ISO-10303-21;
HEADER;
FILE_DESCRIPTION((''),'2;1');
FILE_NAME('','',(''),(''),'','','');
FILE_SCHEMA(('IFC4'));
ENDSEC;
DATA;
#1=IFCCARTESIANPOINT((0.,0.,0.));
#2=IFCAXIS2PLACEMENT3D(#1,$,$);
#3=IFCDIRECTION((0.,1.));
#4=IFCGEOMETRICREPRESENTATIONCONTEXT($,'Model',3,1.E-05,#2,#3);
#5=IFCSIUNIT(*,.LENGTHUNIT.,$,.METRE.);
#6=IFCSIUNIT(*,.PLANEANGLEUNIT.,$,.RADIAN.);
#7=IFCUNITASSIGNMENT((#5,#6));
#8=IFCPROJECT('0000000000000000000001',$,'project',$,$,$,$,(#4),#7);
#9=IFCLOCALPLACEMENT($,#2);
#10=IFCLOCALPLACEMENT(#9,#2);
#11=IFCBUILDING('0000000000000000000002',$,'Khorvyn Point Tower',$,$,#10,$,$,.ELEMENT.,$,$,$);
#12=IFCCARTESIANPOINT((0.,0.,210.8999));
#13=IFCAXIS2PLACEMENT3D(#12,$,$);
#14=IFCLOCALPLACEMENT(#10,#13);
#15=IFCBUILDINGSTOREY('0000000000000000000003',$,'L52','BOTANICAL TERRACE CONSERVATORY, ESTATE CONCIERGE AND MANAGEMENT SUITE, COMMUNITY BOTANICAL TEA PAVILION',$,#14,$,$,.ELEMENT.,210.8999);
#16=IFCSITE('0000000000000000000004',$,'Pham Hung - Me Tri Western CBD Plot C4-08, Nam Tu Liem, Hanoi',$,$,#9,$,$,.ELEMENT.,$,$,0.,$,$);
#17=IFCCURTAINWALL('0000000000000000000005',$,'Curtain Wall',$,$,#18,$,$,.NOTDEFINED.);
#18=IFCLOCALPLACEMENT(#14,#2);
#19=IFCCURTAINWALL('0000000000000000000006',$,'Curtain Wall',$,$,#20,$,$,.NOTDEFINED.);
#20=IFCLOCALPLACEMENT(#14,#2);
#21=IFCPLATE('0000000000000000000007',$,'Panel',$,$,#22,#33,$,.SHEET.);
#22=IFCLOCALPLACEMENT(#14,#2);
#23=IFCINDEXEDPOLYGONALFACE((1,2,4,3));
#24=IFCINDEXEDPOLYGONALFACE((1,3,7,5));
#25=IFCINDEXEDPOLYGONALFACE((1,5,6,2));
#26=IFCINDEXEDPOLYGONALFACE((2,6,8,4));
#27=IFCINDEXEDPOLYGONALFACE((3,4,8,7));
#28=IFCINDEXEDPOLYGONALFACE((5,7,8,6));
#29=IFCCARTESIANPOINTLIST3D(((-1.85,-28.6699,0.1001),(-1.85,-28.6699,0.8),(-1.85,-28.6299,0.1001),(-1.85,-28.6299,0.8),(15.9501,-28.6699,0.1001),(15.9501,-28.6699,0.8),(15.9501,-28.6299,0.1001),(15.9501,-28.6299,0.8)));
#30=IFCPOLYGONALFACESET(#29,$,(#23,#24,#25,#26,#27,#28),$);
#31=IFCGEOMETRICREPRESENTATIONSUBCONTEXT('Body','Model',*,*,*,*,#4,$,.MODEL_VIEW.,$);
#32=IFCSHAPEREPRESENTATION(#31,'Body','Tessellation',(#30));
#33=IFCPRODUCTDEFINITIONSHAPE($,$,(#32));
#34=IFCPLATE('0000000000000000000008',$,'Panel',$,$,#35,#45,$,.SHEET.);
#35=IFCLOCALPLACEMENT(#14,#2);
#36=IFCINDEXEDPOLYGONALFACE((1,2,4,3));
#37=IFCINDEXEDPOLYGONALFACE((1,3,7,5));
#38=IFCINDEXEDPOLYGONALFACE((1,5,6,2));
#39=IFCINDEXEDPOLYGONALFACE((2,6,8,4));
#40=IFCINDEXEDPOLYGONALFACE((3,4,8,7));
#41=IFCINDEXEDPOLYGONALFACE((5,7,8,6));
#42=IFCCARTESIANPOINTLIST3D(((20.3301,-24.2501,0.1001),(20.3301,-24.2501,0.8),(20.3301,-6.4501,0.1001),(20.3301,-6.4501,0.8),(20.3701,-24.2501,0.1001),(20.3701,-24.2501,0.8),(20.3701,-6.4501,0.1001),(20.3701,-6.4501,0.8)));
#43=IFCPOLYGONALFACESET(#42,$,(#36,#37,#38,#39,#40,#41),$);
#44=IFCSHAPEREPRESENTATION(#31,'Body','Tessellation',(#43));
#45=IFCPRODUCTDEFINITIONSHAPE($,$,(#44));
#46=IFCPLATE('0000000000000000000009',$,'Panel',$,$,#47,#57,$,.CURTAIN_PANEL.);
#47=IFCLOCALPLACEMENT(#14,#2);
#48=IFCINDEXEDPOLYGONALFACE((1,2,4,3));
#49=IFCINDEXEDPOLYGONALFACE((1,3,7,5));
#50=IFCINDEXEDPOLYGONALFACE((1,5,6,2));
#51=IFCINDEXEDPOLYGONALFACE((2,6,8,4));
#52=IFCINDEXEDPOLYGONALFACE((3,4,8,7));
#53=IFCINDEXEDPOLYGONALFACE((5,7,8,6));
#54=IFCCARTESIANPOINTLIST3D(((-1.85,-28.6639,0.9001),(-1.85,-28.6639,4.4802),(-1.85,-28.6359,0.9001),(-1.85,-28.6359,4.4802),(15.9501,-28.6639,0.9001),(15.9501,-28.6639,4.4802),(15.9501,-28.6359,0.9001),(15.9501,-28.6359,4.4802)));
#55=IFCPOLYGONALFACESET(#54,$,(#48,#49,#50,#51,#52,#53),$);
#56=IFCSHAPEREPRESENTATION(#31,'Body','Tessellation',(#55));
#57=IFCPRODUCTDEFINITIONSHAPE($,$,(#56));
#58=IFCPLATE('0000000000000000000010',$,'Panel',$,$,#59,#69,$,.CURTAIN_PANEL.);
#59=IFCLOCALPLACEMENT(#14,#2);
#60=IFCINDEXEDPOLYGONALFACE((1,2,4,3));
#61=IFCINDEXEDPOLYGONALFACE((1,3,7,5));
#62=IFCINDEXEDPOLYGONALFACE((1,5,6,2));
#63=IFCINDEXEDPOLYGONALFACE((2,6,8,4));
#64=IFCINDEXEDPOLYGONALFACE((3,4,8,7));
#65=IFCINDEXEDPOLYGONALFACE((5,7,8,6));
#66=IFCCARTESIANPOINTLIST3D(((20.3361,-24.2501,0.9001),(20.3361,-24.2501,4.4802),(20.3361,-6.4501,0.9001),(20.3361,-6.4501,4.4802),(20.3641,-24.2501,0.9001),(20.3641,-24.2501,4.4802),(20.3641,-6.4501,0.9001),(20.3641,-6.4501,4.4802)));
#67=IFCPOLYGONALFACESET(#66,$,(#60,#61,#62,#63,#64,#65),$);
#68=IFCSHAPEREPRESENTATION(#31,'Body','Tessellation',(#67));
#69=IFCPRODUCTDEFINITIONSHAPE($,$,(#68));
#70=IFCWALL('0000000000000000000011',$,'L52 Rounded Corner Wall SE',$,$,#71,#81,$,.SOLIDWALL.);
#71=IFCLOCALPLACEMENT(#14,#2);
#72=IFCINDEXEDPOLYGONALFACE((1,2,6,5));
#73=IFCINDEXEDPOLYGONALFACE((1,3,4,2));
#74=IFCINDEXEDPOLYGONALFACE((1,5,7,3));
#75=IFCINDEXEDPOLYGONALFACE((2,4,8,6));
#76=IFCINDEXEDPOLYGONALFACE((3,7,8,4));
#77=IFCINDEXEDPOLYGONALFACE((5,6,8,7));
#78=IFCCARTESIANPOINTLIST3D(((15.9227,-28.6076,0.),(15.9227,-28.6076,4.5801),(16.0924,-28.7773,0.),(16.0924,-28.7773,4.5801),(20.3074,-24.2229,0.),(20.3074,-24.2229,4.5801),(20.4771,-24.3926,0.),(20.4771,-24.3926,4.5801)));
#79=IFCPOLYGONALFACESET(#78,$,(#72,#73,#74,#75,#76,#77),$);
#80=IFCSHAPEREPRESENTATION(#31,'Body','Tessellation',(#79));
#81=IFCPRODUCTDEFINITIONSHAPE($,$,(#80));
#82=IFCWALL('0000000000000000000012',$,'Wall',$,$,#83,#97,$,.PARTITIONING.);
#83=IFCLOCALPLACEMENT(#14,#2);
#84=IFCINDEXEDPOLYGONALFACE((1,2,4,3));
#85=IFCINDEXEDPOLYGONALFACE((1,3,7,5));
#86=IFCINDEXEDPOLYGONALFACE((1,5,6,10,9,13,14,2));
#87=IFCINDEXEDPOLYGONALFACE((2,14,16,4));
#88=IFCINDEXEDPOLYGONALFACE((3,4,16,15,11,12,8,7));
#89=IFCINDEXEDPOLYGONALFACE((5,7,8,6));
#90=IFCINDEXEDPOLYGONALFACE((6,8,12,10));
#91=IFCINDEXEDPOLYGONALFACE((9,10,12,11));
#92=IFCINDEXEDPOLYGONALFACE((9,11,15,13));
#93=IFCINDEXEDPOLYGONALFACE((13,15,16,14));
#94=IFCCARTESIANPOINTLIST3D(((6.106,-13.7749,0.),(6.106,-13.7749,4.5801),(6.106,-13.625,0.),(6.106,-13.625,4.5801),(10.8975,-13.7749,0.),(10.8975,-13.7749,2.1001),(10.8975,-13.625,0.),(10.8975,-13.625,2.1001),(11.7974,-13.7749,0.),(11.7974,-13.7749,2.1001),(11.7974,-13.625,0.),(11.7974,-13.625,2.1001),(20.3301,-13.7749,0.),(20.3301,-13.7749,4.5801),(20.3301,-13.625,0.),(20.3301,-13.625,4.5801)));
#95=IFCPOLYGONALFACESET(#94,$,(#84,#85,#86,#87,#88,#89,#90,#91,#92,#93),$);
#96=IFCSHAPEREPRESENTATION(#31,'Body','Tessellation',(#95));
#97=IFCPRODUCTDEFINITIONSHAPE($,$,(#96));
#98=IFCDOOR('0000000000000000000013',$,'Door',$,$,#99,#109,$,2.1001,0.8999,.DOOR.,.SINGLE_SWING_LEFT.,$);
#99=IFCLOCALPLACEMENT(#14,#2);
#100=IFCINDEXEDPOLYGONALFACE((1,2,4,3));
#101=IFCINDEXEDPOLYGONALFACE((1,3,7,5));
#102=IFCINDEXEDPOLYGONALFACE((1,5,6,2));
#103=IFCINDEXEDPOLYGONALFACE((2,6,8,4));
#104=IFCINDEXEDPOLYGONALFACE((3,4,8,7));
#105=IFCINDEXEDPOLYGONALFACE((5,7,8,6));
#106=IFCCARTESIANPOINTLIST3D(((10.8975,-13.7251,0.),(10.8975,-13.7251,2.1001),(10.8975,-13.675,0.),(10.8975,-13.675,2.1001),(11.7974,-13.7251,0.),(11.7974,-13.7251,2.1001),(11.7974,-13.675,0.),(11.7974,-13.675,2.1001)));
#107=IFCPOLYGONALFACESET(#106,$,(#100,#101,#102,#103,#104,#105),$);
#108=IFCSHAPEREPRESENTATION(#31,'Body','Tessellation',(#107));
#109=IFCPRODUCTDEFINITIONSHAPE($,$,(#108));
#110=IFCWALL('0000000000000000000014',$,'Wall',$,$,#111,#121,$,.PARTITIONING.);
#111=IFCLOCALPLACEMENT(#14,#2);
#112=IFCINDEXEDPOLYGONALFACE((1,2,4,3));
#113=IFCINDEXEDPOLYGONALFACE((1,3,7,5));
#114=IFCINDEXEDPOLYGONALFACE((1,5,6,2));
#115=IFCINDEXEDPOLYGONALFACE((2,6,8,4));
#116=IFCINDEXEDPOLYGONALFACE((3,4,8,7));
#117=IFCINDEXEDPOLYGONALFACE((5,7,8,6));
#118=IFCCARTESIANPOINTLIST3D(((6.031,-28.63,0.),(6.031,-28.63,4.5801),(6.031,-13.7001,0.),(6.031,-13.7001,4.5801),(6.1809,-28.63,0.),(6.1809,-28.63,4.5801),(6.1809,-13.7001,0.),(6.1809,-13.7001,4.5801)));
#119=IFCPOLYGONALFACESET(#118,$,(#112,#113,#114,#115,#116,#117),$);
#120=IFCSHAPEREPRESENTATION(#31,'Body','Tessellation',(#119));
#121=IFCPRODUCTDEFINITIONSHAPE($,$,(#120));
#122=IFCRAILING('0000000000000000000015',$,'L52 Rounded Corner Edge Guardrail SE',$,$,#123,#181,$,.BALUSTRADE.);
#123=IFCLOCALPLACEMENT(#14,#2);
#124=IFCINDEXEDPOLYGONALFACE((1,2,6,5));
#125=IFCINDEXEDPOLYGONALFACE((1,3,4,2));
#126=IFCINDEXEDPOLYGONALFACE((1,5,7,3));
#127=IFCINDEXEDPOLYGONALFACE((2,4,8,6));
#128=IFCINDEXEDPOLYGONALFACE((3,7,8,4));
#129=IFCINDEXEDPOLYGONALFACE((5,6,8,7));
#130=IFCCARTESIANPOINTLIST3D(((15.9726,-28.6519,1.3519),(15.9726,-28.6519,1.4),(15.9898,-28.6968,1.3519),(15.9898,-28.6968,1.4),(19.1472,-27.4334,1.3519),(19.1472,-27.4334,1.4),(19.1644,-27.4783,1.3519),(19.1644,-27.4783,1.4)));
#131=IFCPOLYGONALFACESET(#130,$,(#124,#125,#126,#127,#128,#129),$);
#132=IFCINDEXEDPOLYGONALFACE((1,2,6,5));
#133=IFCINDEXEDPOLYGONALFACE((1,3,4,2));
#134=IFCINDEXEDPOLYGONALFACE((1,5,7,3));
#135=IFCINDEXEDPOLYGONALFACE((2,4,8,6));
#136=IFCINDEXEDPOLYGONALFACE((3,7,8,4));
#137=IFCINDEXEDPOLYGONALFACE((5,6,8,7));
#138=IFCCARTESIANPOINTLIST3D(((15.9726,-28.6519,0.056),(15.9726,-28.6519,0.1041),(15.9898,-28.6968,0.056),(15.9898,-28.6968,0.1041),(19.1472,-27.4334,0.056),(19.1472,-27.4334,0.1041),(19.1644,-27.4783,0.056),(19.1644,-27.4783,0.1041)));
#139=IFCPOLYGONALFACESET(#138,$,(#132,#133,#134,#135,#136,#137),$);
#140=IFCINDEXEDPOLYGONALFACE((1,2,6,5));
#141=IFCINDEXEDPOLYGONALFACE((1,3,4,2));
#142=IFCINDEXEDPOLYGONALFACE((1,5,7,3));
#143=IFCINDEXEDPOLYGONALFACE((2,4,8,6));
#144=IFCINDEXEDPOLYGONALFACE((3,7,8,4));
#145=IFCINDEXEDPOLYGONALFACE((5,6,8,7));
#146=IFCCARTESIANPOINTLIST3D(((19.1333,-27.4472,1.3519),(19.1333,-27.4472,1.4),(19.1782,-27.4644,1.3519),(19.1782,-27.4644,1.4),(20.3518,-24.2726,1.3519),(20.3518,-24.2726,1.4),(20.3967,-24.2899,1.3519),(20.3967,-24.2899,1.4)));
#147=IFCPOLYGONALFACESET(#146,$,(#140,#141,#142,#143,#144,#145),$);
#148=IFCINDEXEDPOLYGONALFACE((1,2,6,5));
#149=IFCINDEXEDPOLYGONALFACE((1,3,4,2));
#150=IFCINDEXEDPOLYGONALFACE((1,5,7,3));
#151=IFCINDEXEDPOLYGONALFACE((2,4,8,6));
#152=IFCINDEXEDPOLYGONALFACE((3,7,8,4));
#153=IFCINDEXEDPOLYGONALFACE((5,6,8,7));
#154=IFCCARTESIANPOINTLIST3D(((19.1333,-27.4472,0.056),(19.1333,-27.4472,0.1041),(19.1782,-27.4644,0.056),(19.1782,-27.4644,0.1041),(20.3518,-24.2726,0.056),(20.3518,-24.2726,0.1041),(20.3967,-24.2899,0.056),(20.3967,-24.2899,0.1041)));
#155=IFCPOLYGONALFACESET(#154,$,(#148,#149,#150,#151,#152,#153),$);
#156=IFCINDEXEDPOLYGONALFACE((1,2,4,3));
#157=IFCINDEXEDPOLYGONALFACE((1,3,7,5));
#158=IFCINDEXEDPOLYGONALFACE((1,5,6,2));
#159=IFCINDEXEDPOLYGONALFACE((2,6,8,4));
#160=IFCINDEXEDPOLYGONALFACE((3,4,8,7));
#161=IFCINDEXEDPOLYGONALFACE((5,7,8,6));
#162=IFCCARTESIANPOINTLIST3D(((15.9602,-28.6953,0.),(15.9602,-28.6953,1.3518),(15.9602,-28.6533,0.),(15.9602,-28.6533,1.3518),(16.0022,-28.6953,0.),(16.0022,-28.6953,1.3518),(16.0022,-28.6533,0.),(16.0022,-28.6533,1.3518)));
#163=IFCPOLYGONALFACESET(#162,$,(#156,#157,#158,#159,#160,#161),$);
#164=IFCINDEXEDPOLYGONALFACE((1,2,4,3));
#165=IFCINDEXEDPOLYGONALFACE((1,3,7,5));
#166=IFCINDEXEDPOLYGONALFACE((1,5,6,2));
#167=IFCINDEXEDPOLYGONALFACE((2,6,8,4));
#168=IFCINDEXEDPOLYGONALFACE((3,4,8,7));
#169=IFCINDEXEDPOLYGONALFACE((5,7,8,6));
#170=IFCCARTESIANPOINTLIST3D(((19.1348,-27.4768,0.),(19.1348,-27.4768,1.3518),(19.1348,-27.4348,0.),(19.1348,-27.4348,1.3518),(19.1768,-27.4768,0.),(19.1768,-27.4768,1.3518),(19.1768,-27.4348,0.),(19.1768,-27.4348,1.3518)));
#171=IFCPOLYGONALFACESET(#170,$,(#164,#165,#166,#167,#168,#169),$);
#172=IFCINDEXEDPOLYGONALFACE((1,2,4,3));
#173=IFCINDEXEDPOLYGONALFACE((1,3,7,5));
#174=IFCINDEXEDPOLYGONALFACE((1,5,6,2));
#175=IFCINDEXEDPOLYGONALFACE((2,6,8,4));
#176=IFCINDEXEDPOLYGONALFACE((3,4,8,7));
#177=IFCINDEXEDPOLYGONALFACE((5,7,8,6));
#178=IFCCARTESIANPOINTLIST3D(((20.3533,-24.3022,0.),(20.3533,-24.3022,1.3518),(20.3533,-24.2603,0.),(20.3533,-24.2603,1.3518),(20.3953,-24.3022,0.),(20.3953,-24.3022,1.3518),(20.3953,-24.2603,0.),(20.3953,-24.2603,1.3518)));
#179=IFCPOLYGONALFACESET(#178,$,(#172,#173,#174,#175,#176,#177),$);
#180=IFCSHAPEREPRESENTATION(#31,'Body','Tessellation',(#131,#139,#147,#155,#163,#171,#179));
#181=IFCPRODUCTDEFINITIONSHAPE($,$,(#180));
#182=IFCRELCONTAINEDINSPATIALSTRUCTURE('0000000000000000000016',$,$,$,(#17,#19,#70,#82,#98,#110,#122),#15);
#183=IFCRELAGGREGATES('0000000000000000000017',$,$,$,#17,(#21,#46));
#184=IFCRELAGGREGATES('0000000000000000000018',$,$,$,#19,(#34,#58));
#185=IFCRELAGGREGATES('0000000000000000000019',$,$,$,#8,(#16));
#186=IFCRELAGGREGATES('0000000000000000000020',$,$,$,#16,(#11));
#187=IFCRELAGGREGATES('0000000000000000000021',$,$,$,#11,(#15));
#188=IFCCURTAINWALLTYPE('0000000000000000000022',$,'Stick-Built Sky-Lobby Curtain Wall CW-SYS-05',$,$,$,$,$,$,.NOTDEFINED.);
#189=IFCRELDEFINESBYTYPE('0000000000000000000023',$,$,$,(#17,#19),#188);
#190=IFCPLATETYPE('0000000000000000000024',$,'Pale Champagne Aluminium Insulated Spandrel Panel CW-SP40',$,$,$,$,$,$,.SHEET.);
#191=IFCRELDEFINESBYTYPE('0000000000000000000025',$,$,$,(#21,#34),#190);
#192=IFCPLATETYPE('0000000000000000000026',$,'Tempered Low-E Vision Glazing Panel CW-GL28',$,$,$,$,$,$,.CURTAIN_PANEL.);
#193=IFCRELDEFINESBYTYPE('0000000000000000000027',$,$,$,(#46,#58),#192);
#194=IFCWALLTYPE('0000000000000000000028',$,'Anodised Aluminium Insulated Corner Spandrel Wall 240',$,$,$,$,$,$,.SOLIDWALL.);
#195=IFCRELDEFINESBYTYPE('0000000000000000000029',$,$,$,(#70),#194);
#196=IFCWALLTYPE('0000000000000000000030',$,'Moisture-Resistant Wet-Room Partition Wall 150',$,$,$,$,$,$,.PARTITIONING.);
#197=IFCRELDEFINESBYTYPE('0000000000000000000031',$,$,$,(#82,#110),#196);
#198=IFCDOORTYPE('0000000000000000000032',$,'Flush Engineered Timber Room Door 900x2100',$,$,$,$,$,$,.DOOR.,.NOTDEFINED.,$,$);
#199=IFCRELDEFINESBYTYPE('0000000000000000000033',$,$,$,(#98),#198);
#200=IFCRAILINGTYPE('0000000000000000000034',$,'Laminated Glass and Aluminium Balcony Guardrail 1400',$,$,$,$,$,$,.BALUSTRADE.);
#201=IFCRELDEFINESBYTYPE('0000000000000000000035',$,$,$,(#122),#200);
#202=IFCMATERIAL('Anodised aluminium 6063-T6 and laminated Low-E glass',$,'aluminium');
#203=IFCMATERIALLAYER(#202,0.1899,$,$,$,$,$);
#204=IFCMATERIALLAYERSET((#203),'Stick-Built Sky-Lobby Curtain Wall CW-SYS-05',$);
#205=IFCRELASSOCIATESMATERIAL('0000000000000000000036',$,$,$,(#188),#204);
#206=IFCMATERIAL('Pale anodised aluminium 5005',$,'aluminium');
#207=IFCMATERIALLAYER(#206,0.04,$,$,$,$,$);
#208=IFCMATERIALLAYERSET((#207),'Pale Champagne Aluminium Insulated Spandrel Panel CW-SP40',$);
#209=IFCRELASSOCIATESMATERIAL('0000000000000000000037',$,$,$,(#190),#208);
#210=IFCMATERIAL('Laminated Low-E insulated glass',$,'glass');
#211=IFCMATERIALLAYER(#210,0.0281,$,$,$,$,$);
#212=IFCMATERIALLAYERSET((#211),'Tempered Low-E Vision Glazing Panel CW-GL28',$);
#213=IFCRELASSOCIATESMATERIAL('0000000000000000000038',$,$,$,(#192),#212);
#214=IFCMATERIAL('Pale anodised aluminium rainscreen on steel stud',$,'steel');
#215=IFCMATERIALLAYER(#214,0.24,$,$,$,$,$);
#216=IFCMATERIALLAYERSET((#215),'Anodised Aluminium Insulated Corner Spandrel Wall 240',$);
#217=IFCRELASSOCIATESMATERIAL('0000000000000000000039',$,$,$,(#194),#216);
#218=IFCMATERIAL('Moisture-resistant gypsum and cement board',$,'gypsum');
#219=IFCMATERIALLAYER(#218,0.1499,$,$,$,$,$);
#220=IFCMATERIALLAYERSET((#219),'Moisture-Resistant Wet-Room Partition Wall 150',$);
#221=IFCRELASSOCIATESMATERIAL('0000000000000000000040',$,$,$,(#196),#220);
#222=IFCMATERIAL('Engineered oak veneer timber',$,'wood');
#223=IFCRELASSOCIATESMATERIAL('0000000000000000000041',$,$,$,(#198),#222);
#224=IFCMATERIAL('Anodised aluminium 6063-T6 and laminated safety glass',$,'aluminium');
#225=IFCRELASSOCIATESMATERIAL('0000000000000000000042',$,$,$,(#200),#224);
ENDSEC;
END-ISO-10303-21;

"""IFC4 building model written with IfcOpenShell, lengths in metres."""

from ifc_helpers import new_model, si_unit, direction, frame, frame_2d, origin, origin_2d, place, context, subcontext, project, spatial, rectangle, extrude, material, layer, layer_set, type_object, element, fill, aggregate, save


model = new_model("IFC4")

# Units and contexts
model_context = context("Model", 3, precision=1e-05, world=origin(), true_north=direction((0.0, 1.0)))
body_context = subcontext(model_context, "Body", "Model", "MODEL_VIEW")
ifc_project = project(units=[si_unit("LENGTHUNIT", "METRE"), si_unit("PLANEANGLEUNIT", "RADIAN")], contexts=[model_context])

# Site, building, storey
site_placement = place(None, origin())
site = spatial("IfcSite", under=ifc_project, at=site_placement, Name="Pham Hung - Me Tri Western CBD Plot C4-08, Nam Tu Liem, Hanoi", CompositionType="ELEMENT", RefElevation=0.0)
building_placement = place(site_placement, origin())
building = spatial("IfcBuilding", under=site, at=building_placement, Name="Khorvyn Point Tower", CompositionType="ELEMENT")
storey_placement = place(building_placement, frame((0.0, 0.0, 210.8999)))
storey = spatial("IfcBuildingStorey", under=building, at=storey_placement, Name="L52", Description="BOTANICAL TERRACE CONSERVATORY, ESTATE CONCIERGE AND MANAGEMENT SUITE, COMMUNITY BOTANICAL TEA PAVILION", CompositionType="ELEMENT", Elevation=210.8999)

# Curtain walls
ifc_material_1 = material(Name="Anodised aluminium 6063-T6 and laminated Low-E glass", Category="aluminium")
ifc_layer_1 = layer(ifc_material_1, 0.1899)
ifc_layer_set_1 = layer_set([ifc_layer_1], Name="Stick-Built Sky-Lobby Curtain Wall CW-SYS-05")
curtain_wall_type = type_object("IfcCurtainWallType", Name="Stick-Built Sky-Lobby Curtain Wall CW-SYS-05", PredefinedType="NOTDEFINED", material=ifc_layer_set_1)
curtain_wall_1_placement = place(storey_placement, origin())
curtain_wall_1 = element("IfcCurtainWall", 1, at=curtain_wall_1_placement, inside=storey, type_object=curtain_wall_type, Name="Curtain Wall", PredefinedType="NOTDEFINED")
curtain_wall_2_placement = place(storey_placement, origin())
curtain_wall_2 = element("IfcCurtainWall", 2, at=curtain_wall_2_placement, inside=storey, type_object=curtain_wall_type, Name="Curtain Wall", PredefinedType="NOTDEFINED")

# Plates
ifc_material_2 = material(Name="Pale anodised aluminium 5005", Category="aluminium")
ifc_layer_2 = layer(ifc_material_2, 0.04)
ifc_layer_set_2 = layer_set([ifc_layer_2], Name="Pale Champagne Aluminium Insulated Spandrel Panel CW-SP40")
plate_type_1 = type_object("IfcPlateType", Name="Pale Champagne Aluminium Insulated Spandrel Panel CW-SP40", PredefinedType="SHEET", material=ifc_layer_set_2)
plate_1_placement = place(storey_placement, frame((7.05, -28.6499, 0.1001), z_axis=(0.0, 0.0, 1.0), x_axis=(-1.0, 0.0, 0.0)))
plate_1 = element("IfcPlate", 3, at=plate_1_placement, type_object=plate_type_1, Name="Panel", PredefinedType="SHEET", context=body_context, shape_type="SweptSolid", body=[
    extrude(rectangle(XDim=17.8, YDim=0.04, at=origin_2d()), origin(), (0.0, 0.0, 1.0), 0.7),
])
plate_2_placement = place(storey_placement, frame((20.3501, -15.3501, 0.1001), z_axis=(0.0, 0.0, 1.0), x_axis=(0.0, -1.0, 0.0)))
plate_2 = element("IfcPlate", 4, at=plate_2_placement, type_object=plate_type_1, Name="Panel", PredefinedType="SHEET", context=body_context, shape_type="SweptSolid", body=[
    extrude(rectangle(XDim=17.8, YDim=0.04, at=origin_2d()), origin(), (0.0, 0.0, 1.0), 0.7),
])
ifc_material_3 = material(Name="Laminated Low-E insulated glass", Category="glass")
ifc_layer_3 = layer(ifc_material_3, 0.0281)
ifc_layer_set_3 = layer_set([ifc_layer_3], Name="Tempered Low-E Vision Glazing Panel CW-GL28")
plate_type_2 = type_object("IfcPlateType", Name="Tempered Low-E Vision Glazing Panel CW-GL28", PredefinedType="CURTAIN_PANEL", material=ifc_layer_set_3)
plate_3_placement = place(storey_placement, frame((7.05, -28.6499, 0.9001), z_axis=(0.0, 0.0, 1.0), x_axis=(-1.0, 0.0, 0.0)))
plate_3 = element("IfcPlate", 5, at=plate_3_placement, type_object=plate_type_2, Name="Panel", PredefinedType="CURTAIN_PANEL", context=body_context, shape_type="SweptSolid", body=[
    extrude(rectangle(XDim=17.8, YDim=0.0281, at=origin_2d()), origin(), (0.0, 0.0, 1.0), 3.5801),
])
aggregate(curtain_wall_1, [plate_1, plate_3])
plate_4_placement = place(storey_placement, frame((20.3501, -15.3501, 0.9001), z_axis=(0.0, 0.0, 1.0), x_axis=(0.0, -1.0, 0.0)))
plate_4 = element("IfcPlate", 6, at=plate_4_placement, type_object=plate_type_2, Name="Panel", PredefinedType="CURTAIN_PANEL", context=body_context, shape_type="SweptSolid", body=[
    extrude(rectangle(XDim=17.8, YDim=0.0281, at=origin_2d()), origin(), (0.0, 0.0, 1.0), 3.5801),
])
aggregate(curtain_wall_2, [plate_2, plate_4])

# Wall
ifc_material_4 = material(Name="Pale anodised aluminium rainscreen on steel stud", Category="steel")
ifc_layer_4 = layer(ifc_material_4, 0.24)
ifc_layer_set_4 = layer_set([ifc_layer_4], Name="Anodised Aluminium Insulated Corner Spandrel Wall 240")
wall_type_1 = type_object("IfcWallType", Name="Anodised Aluminium Insulated Corner Spandrel Wall 240", PredefinedType="SOLIDWALL", material=ifc_layer_set_4)
wall_1_placement = place(storey_placement, frame((20.3923, -24.3076, 0.0), z_axis=(0.0, 0.0, 1.0), x_axis=(-0.707107, -0.707107, 0.0)))
element("IfcWall", 7, at=wall_1_placement, inside=storey, type_object=wall_type_1, Name="L52 Rounded Corner Wall SE", PredefinedType="SOLIDWALL", context=body_context, shape_type="SweptSolid", body=[
    extrude(rectangle(XDim=6.2009, YDim=0.24, at=frame_2d((3.1006, 0.0))), origin(), (0.0, 0.0, 1.0), 4.5801),
])

# Wall, opening, door
ifc_material_5 = material(Name="Moisture-resistant gypsum and cement board", Category="gypsum")
ifc_layer_5 = layer(ifc_material_5, 0.1499)
ifc_layer_set_5 = layer_set([ifc_layer_5], Name="Moisture-Resistant Wet-Room Partition Wall 150")
wall_type_2 = type_object("IfcWallType", Name="Moisture-Resistant Wet-Room Partition Wall 150", PredefinedType="PARTITIONING", material=ifc_layer_set_5)
wall_2_placement = place(storey_placement, frame((6.106, -13.7, 0.0), z_axis=(0.0, 0.0, 1.0), x_axis=(1.0, 0.0, 0.0)))
wall_2 = element("IfcWall", 8, at=wall_2_placement, inside=storey, type_object=wall_type_2, Name="Wall", PredefinedType="PARTITIONING", context=body_context, shape_type="SweptSolid", body=[
    extrude(rectangle(XDim=14.2241, YDim=0.1499, at=frame_2d((7.1121, 0.0))), origin(), (0.0, 0.0, 1.0), 4.5801),
])
opening_placement = place(wall_2_placement, frame((4.7915, 0.0, 0.0)))
opening = element("IfcOpeningElement", 9, at=opening_placement, cuts=wall_2, PredefinedType="OPENING", context=body_context, shape_type="SweptSolid", body=[
    extrude(rectangle(XDim=0.8999, YDim=2.1001, at=frame_2d((0.45, 1.05))), frame((0.0, 0.085, 0.0), z_axis=(0.0, -1.0, 0.0), x_axis=(1.0, 0.0, 0.0)), (0.0, 0.0, 1.0), 0.1699),
])
ifc_material_6 = material(Name="Engineered oak veneer timber", Category="wood")
door_type = type_object("IfcDoorType", Name="Flush Engineered Timber Room Door 900x2100", OperationType="NOTDEFINED", PredefinedType="DOOR", material=ifc_material_6)
door_placement = place(opening_placement, origin())
door = element("IfcDoor", 10, at=door_placement, inside=storey, type_object=door_type, Name="Door", OperationType="SINGLE_SWING_LEFT", OverallHeight=2.1001, OverallWidth=0.8999, PredefinedType="DOOR", context=body_context, shape_type="SweptSolid", body=[
    extrude(rectangle(XDim=0.8999, YDim=2.1001, at=frame_2d((0.45, 1.05))), frame((0.0, 0.0249, 0.0), z_axis=(0.0, -1.0, 0.0), x_axis=(1.0, 0.0, 0.0)), (0.0, 0.0, 1.0), 0.05),
])
fill(opening, door)

# Wall
wall_3_placement = place(storey_placement, frame((6.106, -28.6299, 0.0), z_axis=(0.0, 0.0, 1.0), x_axis=(0.0, 1.0, 0.0)))
element("IfcWall", 11, at=wall_3_placement, inside=storey, type_object=wall_type_2, Name="Wall", PredefinedType="PARTITIONING", context=body_context, shape_type="SweptSolid", body=[
    extrude(rectangle(XDim=14.9299, YDim=0.1499, at=frame_2d((7.4648, 0.0))), origin(), (0.0, 0.0, 1.0), 4.5801),
])

# Railing
ifc_material_7 = material(Name="Anodised aluminium 6063-T6 and laminated safety glass", Category="aluminium")
railing_type = type_object("IfcRailingType", Name="Laminated Glass and Aluminium Balcony Guardrail 1400", PredefinedType="BALUSTRADE", material=ifc_material_7)
railing_placement = place(storey_placement, frame((15.9812, -28.6743, 0.0)))
element("IfcRailing", 12, at=railing_placement, inside=storey, type_object=railing_type, Name="L52 Rounded Corner Edge Guardrail SE", PredefinedType="BALUSTRADE", context=body_context, shape_type="SweptSolid", body=[
    extrude(rectangle(XDim=0.0481, YDim=0.0481, at=origin_2d()), frame((0.0, 0.0, 1.376), z_axis=(0.93359, 0.358344, 0.0), x_axis=(-0.358344, 0.93359, 0.0)), (0.0, 0.0, 1.0), 3.4004),
    extrude(rectangle(XDim=0.0481, YDim=0.0481, at=origin_2d()), frame((0.0, 0.0, 0.0801), z_axis=(0.93359, 0.358344, 0.0), x_axis=(-0.358344, 0.93359, 0.0)), (0.0, 0.0, 1.0), 3.4004),
    extrude(rectangle(XDim=0.0481, YDim=0.0481, at=origin_2d()), frame((3.1746, 1.2185, 1.376), z_axis=(0.358344, 0.93359, 0.0), x_axis=(-0.93359, 0.358344, 0.0)), (0.0, 0.0, 1.0), 3.4004),
    extrude(rectangle(XDim=0.0481, YDim=0.0481, at=origin_2d()), frame((3.1746, 1.2185, 0.0801), z_axis=(0.358344, 0.93359, 0.0), x_axis=(-0.93359, 0.358344, 0.0)), (0.0, 0.0, 1.0), 3.4004),
    extrude(rectangle(XDim=0.042, YDim=0.042, at=origin_2d()), origin(), (0.0, 0.0, 1.0), 1.3518),
    extrude(rectangle(XDim=0.042, YDim=0.042, at=origin_2d()), frame((3.1746, 1.2185, 0.0)), (0.0, 0.0, 1.0), 1.3518),
    extrude(rectangle(XDim=0.042, YDim=0.042, at=origin_2d()), frame((4.3931, 4.3931, 0.0)), (0.0, 0.0, 1.0), 1.3518),
])

save(model, "model.ifc")
